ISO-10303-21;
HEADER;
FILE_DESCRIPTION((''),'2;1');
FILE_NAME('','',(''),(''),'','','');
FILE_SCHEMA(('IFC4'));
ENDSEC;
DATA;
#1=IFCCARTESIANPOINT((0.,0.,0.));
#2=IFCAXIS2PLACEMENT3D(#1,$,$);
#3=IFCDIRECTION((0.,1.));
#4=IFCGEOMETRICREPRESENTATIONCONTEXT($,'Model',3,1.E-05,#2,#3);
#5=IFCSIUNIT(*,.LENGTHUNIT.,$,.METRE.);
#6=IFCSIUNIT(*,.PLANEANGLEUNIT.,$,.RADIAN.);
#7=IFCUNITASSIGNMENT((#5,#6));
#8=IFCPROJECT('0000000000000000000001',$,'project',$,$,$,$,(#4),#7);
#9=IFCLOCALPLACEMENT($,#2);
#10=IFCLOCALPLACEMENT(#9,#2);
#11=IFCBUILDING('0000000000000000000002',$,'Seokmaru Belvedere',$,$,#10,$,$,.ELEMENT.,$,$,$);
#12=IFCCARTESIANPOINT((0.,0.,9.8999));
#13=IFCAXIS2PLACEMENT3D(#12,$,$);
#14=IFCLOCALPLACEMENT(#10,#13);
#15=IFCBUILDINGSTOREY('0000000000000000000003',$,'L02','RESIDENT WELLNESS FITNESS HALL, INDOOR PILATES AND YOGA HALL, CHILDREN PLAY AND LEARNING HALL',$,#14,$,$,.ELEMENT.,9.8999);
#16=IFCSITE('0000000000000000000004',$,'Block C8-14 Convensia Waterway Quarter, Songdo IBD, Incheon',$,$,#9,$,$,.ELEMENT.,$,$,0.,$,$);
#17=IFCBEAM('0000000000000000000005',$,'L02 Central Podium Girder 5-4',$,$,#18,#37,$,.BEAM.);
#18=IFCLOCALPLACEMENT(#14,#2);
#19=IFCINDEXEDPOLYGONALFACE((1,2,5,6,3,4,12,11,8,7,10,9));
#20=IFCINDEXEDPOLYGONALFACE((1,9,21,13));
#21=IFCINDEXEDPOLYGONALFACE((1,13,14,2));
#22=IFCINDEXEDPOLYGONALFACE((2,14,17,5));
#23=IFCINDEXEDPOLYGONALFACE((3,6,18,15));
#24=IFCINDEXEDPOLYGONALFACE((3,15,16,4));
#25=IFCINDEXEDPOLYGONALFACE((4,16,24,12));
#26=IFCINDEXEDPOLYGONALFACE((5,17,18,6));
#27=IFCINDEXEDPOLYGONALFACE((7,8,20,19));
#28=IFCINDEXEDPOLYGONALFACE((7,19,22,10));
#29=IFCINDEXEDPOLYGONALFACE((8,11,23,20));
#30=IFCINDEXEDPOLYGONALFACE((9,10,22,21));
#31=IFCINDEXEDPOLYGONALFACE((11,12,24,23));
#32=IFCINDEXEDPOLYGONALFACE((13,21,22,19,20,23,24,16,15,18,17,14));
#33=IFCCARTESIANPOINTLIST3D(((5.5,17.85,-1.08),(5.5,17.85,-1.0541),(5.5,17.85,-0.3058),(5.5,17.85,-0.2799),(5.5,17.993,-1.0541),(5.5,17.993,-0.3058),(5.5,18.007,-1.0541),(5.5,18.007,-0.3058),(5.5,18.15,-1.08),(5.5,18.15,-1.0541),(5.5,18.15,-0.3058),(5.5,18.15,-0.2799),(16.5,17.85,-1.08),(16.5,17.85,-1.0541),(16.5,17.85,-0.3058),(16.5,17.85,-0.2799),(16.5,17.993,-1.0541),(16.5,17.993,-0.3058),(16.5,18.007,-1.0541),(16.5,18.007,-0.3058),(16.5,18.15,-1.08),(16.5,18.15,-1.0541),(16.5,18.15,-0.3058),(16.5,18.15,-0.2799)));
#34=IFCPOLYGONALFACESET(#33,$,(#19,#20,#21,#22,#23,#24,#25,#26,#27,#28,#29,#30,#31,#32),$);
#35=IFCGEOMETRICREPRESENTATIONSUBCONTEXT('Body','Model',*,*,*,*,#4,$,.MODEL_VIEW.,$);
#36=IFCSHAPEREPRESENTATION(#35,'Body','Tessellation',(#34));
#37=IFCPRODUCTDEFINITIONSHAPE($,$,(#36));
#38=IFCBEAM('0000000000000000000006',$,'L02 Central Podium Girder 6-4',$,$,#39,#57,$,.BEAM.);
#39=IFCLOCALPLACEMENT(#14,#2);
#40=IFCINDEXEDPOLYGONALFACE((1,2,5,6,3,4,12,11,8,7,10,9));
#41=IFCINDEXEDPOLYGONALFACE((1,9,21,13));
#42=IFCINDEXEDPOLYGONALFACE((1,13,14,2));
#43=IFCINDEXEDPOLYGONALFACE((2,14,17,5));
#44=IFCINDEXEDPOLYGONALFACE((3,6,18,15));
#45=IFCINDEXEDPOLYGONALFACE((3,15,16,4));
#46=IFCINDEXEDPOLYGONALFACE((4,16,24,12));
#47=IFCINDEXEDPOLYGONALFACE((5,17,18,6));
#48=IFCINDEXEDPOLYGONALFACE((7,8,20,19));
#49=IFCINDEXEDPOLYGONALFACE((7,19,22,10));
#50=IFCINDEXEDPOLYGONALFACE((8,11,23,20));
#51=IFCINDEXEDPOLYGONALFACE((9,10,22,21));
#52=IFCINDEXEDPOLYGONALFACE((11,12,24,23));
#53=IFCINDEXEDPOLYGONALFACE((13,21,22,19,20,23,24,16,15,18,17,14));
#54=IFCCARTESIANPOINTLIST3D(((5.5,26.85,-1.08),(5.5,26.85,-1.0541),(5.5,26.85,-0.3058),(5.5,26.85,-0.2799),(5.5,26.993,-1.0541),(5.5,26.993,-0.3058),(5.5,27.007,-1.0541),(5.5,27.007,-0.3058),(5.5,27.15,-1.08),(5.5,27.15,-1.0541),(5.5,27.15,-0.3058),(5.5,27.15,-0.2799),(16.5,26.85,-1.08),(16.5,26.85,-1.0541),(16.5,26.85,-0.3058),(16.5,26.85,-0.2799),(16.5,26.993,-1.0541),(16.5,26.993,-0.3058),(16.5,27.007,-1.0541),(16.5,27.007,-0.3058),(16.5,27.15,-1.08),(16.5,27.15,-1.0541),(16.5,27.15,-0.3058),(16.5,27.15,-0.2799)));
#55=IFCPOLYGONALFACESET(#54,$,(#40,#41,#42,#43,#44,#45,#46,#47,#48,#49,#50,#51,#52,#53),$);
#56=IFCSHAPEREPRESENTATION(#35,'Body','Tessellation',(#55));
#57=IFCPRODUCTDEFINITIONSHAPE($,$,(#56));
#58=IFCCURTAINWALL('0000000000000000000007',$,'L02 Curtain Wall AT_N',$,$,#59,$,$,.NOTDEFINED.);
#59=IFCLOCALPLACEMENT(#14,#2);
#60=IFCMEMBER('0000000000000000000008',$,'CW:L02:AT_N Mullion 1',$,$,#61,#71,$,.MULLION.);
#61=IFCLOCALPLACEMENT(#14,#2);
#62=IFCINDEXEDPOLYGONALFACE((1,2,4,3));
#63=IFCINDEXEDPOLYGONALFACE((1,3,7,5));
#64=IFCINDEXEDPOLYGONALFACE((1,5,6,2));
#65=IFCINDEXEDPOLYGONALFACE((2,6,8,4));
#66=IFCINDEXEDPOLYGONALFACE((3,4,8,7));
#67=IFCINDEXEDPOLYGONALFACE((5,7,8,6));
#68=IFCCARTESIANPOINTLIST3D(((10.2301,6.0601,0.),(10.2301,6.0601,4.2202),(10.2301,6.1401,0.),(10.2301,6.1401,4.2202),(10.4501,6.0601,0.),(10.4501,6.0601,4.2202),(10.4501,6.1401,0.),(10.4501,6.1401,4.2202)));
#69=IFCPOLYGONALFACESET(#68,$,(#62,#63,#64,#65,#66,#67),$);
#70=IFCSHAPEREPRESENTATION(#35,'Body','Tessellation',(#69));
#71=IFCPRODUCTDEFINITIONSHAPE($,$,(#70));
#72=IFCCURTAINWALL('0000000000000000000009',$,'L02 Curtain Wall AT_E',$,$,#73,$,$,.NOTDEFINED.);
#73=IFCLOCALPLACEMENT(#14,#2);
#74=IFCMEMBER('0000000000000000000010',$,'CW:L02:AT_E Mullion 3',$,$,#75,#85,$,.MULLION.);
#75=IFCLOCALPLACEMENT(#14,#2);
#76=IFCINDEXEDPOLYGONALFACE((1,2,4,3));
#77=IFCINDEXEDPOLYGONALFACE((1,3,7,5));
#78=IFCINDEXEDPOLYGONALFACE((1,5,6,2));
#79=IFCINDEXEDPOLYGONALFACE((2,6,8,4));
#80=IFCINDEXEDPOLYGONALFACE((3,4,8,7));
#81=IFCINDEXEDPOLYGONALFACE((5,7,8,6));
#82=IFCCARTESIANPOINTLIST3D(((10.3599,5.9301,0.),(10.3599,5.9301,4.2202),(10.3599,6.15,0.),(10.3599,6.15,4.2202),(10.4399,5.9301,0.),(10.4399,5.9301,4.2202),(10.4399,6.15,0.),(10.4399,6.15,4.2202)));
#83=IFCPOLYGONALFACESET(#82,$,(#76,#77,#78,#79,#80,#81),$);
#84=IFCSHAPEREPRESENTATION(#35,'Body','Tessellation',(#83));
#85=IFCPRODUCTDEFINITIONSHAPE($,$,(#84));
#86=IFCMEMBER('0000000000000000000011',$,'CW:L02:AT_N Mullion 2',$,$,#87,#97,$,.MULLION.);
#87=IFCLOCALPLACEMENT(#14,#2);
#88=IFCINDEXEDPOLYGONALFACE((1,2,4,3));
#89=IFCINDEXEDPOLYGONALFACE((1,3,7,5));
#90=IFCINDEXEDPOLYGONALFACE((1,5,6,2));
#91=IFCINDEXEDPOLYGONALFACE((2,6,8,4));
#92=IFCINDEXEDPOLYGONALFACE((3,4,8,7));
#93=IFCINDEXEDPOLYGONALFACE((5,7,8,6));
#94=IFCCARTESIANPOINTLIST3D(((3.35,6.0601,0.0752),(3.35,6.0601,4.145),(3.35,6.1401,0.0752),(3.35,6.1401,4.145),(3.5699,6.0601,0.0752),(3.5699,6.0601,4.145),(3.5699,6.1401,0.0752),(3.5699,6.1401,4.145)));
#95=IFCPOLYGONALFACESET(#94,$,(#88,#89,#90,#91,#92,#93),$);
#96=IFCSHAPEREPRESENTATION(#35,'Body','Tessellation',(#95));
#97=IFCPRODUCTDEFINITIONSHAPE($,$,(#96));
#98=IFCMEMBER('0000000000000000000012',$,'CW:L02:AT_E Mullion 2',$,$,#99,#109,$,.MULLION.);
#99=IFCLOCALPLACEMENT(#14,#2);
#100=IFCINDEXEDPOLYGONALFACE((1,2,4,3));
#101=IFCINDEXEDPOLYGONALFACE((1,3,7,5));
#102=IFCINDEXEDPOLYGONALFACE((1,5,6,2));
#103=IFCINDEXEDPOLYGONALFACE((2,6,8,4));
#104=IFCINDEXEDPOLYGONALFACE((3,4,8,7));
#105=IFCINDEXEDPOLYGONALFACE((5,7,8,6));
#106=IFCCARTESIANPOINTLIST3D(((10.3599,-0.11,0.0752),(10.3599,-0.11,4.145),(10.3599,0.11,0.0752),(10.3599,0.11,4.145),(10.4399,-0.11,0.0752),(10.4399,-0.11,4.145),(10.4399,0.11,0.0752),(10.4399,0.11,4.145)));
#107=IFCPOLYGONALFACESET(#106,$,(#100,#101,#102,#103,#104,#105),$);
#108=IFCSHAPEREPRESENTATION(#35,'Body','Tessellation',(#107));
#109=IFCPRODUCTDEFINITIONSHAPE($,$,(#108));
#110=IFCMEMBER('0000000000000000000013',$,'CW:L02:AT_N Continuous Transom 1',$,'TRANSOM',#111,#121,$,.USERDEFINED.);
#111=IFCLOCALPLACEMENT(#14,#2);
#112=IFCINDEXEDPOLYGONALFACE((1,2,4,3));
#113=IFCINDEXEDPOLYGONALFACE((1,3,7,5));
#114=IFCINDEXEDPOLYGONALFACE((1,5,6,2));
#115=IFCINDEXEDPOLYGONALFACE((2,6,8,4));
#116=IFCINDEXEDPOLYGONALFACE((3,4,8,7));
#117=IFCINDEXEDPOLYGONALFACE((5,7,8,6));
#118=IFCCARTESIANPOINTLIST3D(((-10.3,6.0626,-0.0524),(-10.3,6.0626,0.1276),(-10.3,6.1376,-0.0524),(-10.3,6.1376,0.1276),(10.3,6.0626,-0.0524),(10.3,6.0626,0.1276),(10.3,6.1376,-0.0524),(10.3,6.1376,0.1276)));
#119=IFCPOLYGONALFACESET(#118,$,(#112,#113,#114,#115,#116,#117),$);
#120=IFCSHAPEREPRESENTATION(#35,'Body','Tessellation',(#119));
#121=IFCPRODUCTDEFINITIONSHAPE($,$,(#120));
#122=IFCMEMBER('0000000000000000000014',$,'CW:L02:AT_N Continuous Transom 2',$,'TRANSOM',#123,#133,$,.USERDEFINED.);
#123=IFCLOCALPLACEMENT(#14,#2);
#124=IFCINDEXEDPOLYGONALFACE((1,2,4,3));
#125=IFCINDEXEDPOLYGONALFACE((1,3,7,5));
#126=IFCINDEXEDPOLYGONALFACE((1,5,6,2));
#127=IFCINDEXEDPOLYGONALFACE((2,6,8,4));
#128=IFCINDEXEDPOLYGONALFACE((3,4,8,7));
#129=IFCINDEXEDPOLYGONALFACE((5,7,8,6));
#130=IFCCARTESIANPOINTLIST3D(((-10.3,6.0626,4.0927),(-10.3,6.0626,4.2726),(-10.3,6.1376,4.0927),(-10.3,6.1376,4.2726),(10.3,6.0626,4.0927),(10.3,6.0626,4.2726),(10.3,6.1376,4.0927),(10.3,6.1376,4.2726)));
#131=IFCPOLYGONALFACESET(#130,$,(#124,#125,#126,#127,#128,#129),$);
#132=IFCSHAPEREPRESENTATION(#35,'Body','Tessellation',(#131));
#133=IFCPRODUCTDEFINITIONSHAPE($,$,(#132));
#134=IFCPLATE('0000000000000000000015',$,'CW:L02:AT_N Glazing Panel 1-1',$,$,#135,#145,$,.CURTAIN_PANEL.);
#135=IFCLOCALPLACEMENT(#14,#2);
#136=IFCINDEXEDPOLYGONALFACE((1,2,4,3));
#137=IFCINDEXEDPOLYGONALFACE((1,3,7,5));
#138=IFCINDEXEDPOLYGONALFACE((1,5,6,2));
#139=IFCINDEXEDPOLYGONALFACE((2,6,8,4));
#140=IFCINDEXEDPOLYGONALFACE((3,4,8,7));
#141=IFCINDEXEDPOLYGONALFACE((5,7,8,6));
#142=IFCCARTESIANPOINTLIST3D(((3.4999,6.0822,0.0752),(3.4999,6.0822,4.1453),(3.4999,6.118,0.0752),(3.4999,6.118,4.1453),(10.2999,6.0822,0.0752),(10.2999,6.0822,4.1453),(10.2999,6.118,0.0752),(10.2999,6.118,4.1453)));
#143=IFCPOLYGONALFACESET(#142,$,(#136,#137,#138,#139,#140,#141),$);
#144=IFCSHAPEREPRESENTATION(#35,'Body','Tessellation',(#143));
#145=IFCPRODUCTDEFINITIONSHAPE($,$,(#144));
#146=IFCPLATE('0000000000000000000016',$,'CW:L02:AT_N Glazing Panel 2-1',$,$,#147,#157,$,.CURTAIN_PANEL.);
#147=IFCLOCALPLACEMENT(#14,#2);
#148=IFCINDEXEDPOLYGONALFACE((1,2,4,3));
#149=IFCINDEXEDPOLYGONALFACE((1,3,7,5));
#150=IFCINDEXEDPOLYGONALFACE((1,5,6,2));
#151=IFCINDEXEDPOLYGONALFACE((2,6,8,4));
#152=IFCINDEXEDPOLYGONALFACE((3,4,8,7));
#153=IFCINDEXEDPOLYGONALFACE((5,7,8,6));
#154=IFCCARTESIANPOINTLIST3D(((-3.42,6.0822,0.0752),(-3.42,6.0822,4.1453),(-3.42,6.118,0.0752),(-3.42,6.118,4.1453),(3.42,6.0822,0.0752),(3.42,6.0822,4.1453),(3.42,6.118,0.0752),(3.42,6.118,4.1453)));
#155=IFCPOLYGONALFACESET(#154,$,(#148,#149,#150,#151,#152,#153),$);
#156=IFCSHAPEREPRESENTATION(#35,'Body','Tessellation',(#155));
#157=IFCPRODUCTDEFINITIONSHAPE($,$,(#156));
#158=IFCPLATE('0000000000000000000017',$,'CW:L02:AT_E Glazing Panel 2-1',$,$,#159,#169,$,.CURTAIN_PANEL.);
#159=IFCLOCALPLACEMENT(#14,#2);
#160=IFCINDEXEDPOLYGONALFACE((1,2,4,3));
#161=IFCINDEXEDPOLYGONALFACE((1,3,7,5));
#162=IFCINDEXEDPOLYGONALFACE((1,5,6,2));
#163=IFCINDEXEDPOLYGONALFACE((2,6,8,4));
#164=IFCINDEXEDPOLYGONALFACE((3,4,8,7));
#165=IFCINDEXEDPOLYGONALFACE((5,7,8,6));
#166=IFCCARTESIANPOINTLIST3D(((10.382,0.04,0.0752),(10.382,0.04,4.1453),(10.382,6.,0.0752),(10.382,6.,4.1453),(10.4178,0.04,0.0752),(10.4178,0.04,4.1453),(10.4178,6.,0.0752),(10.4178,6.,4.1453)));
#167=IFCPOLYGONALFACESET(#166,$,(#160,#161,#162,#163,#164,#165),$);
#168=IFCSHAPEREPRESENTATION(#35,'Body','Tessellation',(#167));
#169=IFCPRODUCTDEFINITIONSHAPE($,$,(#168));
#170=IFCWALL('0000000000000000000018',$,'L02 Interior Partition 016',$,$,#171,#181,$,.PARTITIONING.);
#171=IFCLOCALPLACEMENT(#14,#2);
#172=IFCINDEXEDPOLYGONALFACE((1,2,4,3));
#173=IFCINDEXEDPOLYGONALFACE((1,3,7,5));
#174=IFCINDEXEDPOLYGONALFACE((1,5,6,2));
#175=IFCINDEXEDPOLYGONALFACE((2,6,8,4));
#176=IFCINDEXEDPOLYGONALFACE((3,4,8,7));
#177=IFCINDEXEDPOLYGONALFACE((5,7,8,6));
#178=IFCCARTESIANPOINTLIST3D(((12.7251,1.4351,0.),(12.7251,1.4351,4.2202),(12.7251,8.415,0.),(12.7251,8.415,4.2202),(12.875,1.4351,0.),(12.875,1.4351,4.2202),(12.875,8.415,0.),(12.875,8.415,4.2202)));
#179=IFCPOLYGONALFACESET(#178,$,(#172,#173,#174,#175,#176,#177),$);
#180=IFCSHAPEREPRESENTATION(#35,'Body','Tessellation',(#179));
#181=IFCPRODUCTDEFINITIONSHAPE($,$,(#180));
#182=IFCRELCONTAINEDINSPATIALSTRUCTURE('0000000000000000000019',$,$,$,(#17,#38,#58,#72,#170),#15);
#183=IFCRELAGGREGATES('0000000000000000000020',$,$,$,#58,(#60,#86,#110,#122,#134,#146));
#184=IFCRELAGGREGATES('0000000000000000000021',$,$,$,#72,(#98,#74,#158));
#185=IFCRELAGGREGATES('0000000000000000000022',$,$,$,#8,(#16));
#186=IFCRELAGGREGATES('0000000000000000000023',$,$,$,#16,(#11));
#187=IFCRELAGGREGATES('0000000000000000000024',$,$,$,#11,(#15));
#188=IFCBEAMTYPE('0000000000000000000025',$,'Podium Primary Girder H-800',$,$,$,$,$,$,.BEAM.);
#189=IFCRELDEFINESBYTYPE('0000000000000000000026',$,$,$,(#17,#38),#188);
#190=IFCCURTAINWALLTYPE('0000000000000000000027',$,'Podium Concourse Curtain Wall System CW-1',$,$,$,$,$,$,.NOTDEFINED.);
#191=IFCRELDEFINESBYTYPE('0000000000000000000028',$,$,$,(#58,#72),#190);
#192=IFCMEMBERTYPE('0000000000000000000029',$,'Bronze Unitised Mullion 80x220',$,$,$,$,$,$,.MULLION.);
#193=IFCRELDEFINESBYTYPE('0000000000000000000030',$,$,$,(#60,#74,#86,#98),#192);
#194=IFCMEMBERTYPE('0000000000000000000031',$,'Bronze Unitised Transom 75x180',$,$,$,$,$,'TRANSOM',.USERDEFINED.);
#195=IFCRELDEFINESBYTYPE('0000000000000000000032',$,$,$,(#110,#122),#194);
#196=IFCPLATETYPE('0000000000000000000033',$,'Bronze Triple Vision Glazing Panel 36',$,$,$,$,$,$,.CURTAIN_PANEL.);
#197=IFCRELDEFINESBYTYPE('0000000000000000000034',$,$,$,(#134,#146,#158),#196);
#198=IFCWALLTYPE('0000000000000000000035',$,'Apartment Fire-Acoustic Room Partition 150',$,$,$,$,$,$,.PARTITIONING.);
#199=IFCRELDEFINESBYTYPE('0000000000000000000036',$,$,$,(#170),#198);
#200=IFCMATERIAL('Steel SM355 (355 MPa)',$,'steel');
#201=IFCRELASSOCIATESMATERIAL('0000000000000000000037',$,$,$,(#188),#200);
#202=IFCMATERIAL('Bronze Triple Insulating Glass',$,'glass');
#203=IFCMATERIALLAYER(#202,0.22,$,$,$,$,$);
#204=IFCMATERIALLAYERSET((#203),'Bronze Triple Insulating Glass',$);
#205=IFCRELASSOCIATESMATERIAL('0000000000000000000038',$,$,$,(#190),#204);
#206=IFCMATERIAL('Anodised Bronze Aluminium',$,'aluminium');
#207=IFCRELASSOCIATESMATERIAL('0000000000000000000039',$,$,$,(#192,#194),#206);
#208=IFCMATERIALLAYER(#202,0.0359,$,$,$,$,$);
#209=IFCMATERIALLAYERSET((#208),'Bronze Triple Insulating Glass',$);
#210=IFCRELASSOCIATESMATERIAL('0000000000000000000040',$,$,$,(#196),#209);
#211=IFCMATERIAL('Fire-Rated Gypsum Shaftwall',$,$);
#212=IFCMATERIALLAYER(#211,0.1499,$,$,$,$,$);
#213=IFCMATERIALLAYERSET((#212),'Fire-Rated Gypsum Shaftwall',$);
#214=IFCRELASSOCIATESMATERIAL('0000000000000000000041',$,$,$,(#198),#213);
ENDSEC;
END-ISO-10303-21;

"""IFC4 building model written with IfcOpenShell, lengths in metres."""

from ifc_helpers import new_model, si_unit, direction, frame, frame_2d, origin, origin_2d, place, context, subcontext, project, spatial, rectangle, i_section, extrude, source, transform, mapped, material, layer, layer_set, material_profile, profile_set, type_object, type_shapes, element, aggregate, save


model = new_model("IFC4")

# Units and contexts
model_context = context("Model", 3, precision=1e-05, world=origin(), true_north=direction((0.0, 1.0)))
body_context = subcontext(model_context, "Body", "Model", "MODEL_VIEW")
ifc_project = project(units=[si_unit("LENGTHUNIT", "METRE"), si_unit("PLANEANGLEUNIT", "RADIAN")], contexts=[model_context])

# Site, building, storey
site_placement = place(None, origin())
site = spatial("IfcSite", under=ifc_project, at=site_placement, Name="Block C8-14 Convensia Waterway Quarter, Songdo IBD, Incheon", CompositionType="ELEMENT", RefElevation=0.0)
building_placement = place(site_placement, origin())
building = spatial("IfcBuilding", under=site, at=building_placement, Name="Seokmaru Belvedere", CompositionType="ELEMENT")
storey_placement = place(building_placement, frame((0.0, 0.0, 9.8999)))
storey = spatial("IfcBuildingStorey", under=building, at=storey_placement, Name="L02", Description="RESIDENT WELLNESS FITNESS HALL, INDOOR PILATES AND YOGA HALL, CHILDREN PLAY AND LEARNING HALL", CompositionType="ELEMENT", Elevation=9.8999)

# Shared definitions
ifc_material_1 = material(Name="Steel SM355 (355 MPa)", Category="steel")

# Beams
ifc_material_profile_1 = material_profile(ifc_material_1, i_section(OverallWidth=0.3, OverallDepth=0.8, WebThickness=0.0139, FlangeThickness=0.0259, at=origin_2d()), Name="H-800x300x14x26")
ifc_profile_set_1 = profile_set([ifc_material_profile_1], Name="Steel SM355 (355 MPa)")
beam_type_1 = type_object("IfcBeamType", Name="Podium Primary Girder H-800", PredefinedType="BEAM", material=ifc_profile_set_1)
shared_shape_1 = source(origin(), body_context, "Body", "SweptSolid", [
    extrude(i_section(OverallWidth=0.3, OverallDepth=0.8, WebThickness=0.0139, FlangeThickness=0.0259, at=origin_2d()), origin(), (0.0, 0.0, 1.0), 11.0),
])
for number, where, z_axis, x_axis, name in (
    (1, (5.5, 18.0, -0.6799), (1.0, 0.0, 0.0), (0.0, 1.0, 0.0), "L02 Central Podium Girder 5-4"),
    (2, (5.5, 27.0, -0.6799), (1.0, 0.0, 0.0), (0.0, 1.0, 0.0), "L02 Central Podium Girder 6-4"),
):
    element("IfcBeam", number, at=place(storey_placement, frame(where, z_axis=z_axis, x_axis=x_axis)), inside=storey, type_object=beam_type_1, Name=name, PredefinedType="BEAM", context=body_context, shape_type="MappedRepresentation", body=[
        mapped(shared_shape_1, transform((0.0, 0.0, 0.0), scale=1.0)),
    ])

# Curtain walls, members
ifc_material_2 = material(Name="Bronze Triple Insulating Glass", Category="glass")
ifc_layer_1 = layer(ifc_material_2, 0.22)
ifc_layer_set_1 = layer_set([ifc_layer_1], Name="Bronze Triple Insulating Glass")
curtain_wall_type = type_object("IfcCurtainWallType", Name="Podium Concourse Curtain Wall System CW-1", PredefinedType="NOTDEFINED", material=ifc_layer_set_1)
curtain_wall_1_placement = place(storey_placement, origin())
curtain_wall_1 = element("IfcCurtainWall", 3, at=curtain_wall_1_placement, inside=storey, type_object=curtain_wall_type, Name="L02 Curtain Wall AT_N", PredefinedType="NOTDEFINED")
ifc_material_3 = material(Name="Anodised Bronze Aluminium", Category="aluminium")
ifc_material_profile_2 = material_profile(ifc_material_3, rectangle(XDim=0.0801, YDim=0.22, at=origin_2d()), Name="CW-M-80x220")
ifc_profile_set_2 = profile_set([ifc_material_profile_2], Name="Anodised Bronze Aluminium")
member_type_1 = type_object("IfcMemberType", Name="Bronze Unitised Mullion 80x220", PredefinedType="MULLION", material=ifc_profile_set_2)
shared_shape_2 = source(origin(), body_context, "Body", "SweptSolid", [
    extrude(rectangle(XDim=0.0801, YDim=0.22, at=origin_2d()), origin(), (0.0, 0.0, 1.0), 4.2202),
])
member_1_placement = place(storey_placement, frame((10.3401, 6.1001, 0.0), z_axis=(0.0, 0.0, 1.0), x_axis=(0.0, -1.0, 0.0)))
member_1 = element("IfcMember", 4, at=member_1_placement, type_object=member_type_1, Name="CW:L02:AT_N Mullion 1", PredefinedType="MULLION", context=body_context, shape_type="MappedRepresentation", body=[
    mapped(shared_shape_2, transform((0.0, 0.0, 0.0), scale=1.0)),
])
curtain_wall_2_placement = place(storey_placement, origin())
curtain_wall_2 = element("IfcCurtainWall", 5, at=curtain_wall_2_placement, inside=storey, type_object=curtain_wall_type, Name="L02 Curtain Wall AT_E", PredefinedType="NOTDEFINED")
member_2_placement = place(storey_placement, frame((10.3999, 6.04, 0.0), z_axis=(0.0, 0.0, 1.0), x_axis=(-1.0, 0.0, 0.0)))
member_2 = element("IfcMember", 6, at=member_2_placement, type_object=member_type_1, Name="CW:L02:AT_E Mullion 3", PredefinedType="MULLION", context=body_context, shape_type="MappedRepresentation", body=[
    mapped(shared_shape_2, transform((0.0, 0.0, 0.0), scale=1.0)),
])

# Members
shared_shape_3 = source(origin(), body_context, "Body", "SweptSolid", [
    extrude(rectangle(XDim=0.0801, YDim=0.22, at=origin_2d()), origin(), (0.0, 0.0, 1.0), 4.0698),
])
type_shapes(member_type_1, [shared_shape_2, shared_shape_3])
member_3_placement = place(storey_placement, frame((3.46, 6.1001, 0.0752), z_axis=(0.0, 0.0, 1.0), x_axis=(0.0, -1.0, 0.0)))
member_3 = element("IfcMember", 7, at=member_3_placement, type_object=member_type_1, Name="CW:L02:AT_N Mullion 2", PredefinedType="MULLION", context=body_context, shape_type="MappedRepresentation", body=[
    mapped(shared_shape_3, transform((0.0, 0.0, 0.0), scale=1.0)),
])
member_4_placement = place(storey_placement, frame((10.3999, 0.0, 0.0752), z_axis=(0.0, 0.0, 1.0), x_axis=(-1.0, 0.0, 0.0)))
member_4 = element("IfcMember", 8, at=member_4_placement, type_object=member_type_1, Name="CW:L02:AT_E Mullion 2", PredefinedType="MULLION", context=body_context, shape_type="MappedRepresentation", body=[
    mapped(shared_shape_3, transform((0.0, 0.0, 0.0), scale=1.0)),
])
ifc_material_profile_3 = material_profile(ifc_material_3, rectangle(XDim=0.075, YDim=0.1799, at=origin_2d()), Name="CW-T-75x180")
ifc_profile_set_3 = profile_set([ifc_material_profile_3], Name="Anodised Bronze Aluminium")
member_type_2 = type_object("IfcMemberType", Name="Bronze Unitised Transom 75x180", ElementType="TRANSOM", PredefinedType="USERDEFINED", material=ifc_profile_set_3)
shared_shape_4 = source(origin(), body_context, "Body", "SweptSolid", [
    extrude(rectangle(XDim=0.075, YDim=0.1799, at=origin_2d()), origin(), (0.0, 0.0, 1.0), 20.6001),
])
type_shapes(member_type_2, [shared_shape_4])
member_5_placement = place(storey_placement, frame((10.3, 6.1001, 0.0376), z_axis=(-1.0, 0.0, 0.0), x_axis=(0.0, -1.0, 0.0)))
member_5 = element("IfcMember", 9, at=member_5_placement, type_object=member_type_2, Name="CW:L02:AT_N Continuous Transom 1", ObjectType="TRANSOM", PredefinedType="USERDEFINED", context=body_context, shape_type="MappedRepresentation", body=[
    mapped(shared_shape_4, transform((0.0, 0.0, 0.0), scale=1.0)),
])
member_6_placement = place(storey_placement, frame((10.3, 6.1001, 4.1826), z_axis=(-1.0, 0.0, 0.0), x_axis=(0.0, -1.0, 0.0)))
member_6 = element("IfcMember", 10, at=member_6_placement, type_object=member_type_2, Name="CW:L02:AT_N Continuous Transom 2", ObjectType="TRANSOM", PredefinedType="USERDEFINED", context=body_context, shape_type="MappedRepresentation", body=[
    mapped(shared_shape_4, transform((0.0, 0.0, 0.0), scale=1.0)),
])

# Plates
ifc_layer_2 = layer(ifc_material_2, 0.0359)
ifc_layer_set_2 = layer_set([ifc_layer_2], Name="Bronze Triple Insulating Glass")
plate_type = type_object("IfcPlateType", Name="Bronze Triple Vision Glazing Panel 36", PredefinedType="CURTAIN_PANEL", material=ifc_layer_set_2)
shared_shape_5 = source(origin(), body_context, "Body", "SweptSolid", [
    extrude(rectangle(XDim=6.8, YDim=0.0359, at=origin_2d()), origin(), (0.0, 0.0, 1.0), 4.0701),
])
plate_1_placement = place(storey_placement, frame((6.8999, 6.1001, 0.0752), z_axis=(0.0, 0.0, 1.0), x_axis=(-1.0, 0.0, 0.0)))
plate_1 = element("IfcPlate", 11, at=plate_1_placement, type_object=plate_type, Name="CW:L02:AT_N Glazing Panel 1-1", PredefinedType="CURTAIN_PANEL", context=body_context, shape_type="MappedRepresentation", body=[
    mapped(shared_shape_5, transform((0.0, 0.0, 0.0), scale=1.0)),
])
shared_shape_6 = source(origin(), body_context, "Body", "SweptSolid", [
    extrude(rectangle(XDim=6.8401, YDim=0.0359, at=origin_2d()), origin(), (0.0, 0.0, 1.0), 4.0701),
])
plate_2_placement = place(storey_placement, frame((0.0, 6.1001, 0.0752), z_axis=(0.0, 0.0, 1.0), x_axis=(-1.0, 0.0, 0.0)))
plate_2 = element("IfcPlate", 12, at=plate_2_placement, type_object=plate_type, Name="CW:L02:AT_N Glazing Panel 2-1", PredefinedType="CURTAIN_PANEL", context=body_context, shape_type="MappedRepresentation", body=[
    mapped(shared_shape_6, transform((0.0, 0.0, 0.0), scale=1.0)),
])
aggregate(curtain_wall_1, [member_1, member_3, member_5, member_6, plate_1, plate_2])
shared_shape_7 = source(origin(), body_context, "Body", "SweptSolid", [
    extrude(rectangle(XDim=5.96, YDim=0.0359, at=origin_2d()), origin(), (0.0, 0.0, 1.0), 4.0701),
])
type_shapes(plate_type, [shared_shape_5, shared_shape_6, shared_shape_7])
plate_3_placement = place(storey_placement, frame((10.3999, 3.02, 0.0752), z_axis=(0.0, 0.0, 1.0), x_axis=(0.0, 1.0, 0.0)))
plate_3 = element("IfcPlate", 13, at=plate_3_placement, type_object=plate_type, Name="CW:L02:AT_E Glazing Panel 2-1", PredefinedType="CURTAIN_PANEL", context=body_context, shape_type="MappedRepresentation", body=[
    mapped(shared_shape_7, transform((0.0, 0.0, 0.0), scale=1.0)),
])
aggregate(curtain_wall_2, [member_4, member_2, plate_3])

# Wall
ifc_material_4 = material(Name="Fire-Rated Gypsum Shaftwall")
ifc_layer_3 = layer(ifc_material_4, 0.1499)
ifc_layer_set_3 = layer_set([ifc_layer_3], Name="Fire-Rated Gypsum Shaftwall")
wall_type_1 = type_object("IfcWallType", Name="Apartment Fire-Acoustic Room Partition 150", PredefinedType="PARTITIONING", material=ifc_layer_set_3)
wall_1_placement = place(storey_placement, frame((12.8, 1.4351, 0.0), z_axis=(0.0, 0.0, 1.0), x_axis=(0.0, 1.0, 0.0)))
element("IfcWall", 14, at=wall_1_placement, inside=storey, type_object=wall_type_1, Name="L02 Interior Partition 016", PredefinedType="PARTITIONING", context=body_context, shape_type="SweptSolid", body=[
    extrude(rectangle(XDim=6.98, YDim=0.1499, at=frame_2d((3.49, 0.0))), origin(), (0.0, 0.0, 1.0), 4.2202),
])

save(model, "model.ifc")
